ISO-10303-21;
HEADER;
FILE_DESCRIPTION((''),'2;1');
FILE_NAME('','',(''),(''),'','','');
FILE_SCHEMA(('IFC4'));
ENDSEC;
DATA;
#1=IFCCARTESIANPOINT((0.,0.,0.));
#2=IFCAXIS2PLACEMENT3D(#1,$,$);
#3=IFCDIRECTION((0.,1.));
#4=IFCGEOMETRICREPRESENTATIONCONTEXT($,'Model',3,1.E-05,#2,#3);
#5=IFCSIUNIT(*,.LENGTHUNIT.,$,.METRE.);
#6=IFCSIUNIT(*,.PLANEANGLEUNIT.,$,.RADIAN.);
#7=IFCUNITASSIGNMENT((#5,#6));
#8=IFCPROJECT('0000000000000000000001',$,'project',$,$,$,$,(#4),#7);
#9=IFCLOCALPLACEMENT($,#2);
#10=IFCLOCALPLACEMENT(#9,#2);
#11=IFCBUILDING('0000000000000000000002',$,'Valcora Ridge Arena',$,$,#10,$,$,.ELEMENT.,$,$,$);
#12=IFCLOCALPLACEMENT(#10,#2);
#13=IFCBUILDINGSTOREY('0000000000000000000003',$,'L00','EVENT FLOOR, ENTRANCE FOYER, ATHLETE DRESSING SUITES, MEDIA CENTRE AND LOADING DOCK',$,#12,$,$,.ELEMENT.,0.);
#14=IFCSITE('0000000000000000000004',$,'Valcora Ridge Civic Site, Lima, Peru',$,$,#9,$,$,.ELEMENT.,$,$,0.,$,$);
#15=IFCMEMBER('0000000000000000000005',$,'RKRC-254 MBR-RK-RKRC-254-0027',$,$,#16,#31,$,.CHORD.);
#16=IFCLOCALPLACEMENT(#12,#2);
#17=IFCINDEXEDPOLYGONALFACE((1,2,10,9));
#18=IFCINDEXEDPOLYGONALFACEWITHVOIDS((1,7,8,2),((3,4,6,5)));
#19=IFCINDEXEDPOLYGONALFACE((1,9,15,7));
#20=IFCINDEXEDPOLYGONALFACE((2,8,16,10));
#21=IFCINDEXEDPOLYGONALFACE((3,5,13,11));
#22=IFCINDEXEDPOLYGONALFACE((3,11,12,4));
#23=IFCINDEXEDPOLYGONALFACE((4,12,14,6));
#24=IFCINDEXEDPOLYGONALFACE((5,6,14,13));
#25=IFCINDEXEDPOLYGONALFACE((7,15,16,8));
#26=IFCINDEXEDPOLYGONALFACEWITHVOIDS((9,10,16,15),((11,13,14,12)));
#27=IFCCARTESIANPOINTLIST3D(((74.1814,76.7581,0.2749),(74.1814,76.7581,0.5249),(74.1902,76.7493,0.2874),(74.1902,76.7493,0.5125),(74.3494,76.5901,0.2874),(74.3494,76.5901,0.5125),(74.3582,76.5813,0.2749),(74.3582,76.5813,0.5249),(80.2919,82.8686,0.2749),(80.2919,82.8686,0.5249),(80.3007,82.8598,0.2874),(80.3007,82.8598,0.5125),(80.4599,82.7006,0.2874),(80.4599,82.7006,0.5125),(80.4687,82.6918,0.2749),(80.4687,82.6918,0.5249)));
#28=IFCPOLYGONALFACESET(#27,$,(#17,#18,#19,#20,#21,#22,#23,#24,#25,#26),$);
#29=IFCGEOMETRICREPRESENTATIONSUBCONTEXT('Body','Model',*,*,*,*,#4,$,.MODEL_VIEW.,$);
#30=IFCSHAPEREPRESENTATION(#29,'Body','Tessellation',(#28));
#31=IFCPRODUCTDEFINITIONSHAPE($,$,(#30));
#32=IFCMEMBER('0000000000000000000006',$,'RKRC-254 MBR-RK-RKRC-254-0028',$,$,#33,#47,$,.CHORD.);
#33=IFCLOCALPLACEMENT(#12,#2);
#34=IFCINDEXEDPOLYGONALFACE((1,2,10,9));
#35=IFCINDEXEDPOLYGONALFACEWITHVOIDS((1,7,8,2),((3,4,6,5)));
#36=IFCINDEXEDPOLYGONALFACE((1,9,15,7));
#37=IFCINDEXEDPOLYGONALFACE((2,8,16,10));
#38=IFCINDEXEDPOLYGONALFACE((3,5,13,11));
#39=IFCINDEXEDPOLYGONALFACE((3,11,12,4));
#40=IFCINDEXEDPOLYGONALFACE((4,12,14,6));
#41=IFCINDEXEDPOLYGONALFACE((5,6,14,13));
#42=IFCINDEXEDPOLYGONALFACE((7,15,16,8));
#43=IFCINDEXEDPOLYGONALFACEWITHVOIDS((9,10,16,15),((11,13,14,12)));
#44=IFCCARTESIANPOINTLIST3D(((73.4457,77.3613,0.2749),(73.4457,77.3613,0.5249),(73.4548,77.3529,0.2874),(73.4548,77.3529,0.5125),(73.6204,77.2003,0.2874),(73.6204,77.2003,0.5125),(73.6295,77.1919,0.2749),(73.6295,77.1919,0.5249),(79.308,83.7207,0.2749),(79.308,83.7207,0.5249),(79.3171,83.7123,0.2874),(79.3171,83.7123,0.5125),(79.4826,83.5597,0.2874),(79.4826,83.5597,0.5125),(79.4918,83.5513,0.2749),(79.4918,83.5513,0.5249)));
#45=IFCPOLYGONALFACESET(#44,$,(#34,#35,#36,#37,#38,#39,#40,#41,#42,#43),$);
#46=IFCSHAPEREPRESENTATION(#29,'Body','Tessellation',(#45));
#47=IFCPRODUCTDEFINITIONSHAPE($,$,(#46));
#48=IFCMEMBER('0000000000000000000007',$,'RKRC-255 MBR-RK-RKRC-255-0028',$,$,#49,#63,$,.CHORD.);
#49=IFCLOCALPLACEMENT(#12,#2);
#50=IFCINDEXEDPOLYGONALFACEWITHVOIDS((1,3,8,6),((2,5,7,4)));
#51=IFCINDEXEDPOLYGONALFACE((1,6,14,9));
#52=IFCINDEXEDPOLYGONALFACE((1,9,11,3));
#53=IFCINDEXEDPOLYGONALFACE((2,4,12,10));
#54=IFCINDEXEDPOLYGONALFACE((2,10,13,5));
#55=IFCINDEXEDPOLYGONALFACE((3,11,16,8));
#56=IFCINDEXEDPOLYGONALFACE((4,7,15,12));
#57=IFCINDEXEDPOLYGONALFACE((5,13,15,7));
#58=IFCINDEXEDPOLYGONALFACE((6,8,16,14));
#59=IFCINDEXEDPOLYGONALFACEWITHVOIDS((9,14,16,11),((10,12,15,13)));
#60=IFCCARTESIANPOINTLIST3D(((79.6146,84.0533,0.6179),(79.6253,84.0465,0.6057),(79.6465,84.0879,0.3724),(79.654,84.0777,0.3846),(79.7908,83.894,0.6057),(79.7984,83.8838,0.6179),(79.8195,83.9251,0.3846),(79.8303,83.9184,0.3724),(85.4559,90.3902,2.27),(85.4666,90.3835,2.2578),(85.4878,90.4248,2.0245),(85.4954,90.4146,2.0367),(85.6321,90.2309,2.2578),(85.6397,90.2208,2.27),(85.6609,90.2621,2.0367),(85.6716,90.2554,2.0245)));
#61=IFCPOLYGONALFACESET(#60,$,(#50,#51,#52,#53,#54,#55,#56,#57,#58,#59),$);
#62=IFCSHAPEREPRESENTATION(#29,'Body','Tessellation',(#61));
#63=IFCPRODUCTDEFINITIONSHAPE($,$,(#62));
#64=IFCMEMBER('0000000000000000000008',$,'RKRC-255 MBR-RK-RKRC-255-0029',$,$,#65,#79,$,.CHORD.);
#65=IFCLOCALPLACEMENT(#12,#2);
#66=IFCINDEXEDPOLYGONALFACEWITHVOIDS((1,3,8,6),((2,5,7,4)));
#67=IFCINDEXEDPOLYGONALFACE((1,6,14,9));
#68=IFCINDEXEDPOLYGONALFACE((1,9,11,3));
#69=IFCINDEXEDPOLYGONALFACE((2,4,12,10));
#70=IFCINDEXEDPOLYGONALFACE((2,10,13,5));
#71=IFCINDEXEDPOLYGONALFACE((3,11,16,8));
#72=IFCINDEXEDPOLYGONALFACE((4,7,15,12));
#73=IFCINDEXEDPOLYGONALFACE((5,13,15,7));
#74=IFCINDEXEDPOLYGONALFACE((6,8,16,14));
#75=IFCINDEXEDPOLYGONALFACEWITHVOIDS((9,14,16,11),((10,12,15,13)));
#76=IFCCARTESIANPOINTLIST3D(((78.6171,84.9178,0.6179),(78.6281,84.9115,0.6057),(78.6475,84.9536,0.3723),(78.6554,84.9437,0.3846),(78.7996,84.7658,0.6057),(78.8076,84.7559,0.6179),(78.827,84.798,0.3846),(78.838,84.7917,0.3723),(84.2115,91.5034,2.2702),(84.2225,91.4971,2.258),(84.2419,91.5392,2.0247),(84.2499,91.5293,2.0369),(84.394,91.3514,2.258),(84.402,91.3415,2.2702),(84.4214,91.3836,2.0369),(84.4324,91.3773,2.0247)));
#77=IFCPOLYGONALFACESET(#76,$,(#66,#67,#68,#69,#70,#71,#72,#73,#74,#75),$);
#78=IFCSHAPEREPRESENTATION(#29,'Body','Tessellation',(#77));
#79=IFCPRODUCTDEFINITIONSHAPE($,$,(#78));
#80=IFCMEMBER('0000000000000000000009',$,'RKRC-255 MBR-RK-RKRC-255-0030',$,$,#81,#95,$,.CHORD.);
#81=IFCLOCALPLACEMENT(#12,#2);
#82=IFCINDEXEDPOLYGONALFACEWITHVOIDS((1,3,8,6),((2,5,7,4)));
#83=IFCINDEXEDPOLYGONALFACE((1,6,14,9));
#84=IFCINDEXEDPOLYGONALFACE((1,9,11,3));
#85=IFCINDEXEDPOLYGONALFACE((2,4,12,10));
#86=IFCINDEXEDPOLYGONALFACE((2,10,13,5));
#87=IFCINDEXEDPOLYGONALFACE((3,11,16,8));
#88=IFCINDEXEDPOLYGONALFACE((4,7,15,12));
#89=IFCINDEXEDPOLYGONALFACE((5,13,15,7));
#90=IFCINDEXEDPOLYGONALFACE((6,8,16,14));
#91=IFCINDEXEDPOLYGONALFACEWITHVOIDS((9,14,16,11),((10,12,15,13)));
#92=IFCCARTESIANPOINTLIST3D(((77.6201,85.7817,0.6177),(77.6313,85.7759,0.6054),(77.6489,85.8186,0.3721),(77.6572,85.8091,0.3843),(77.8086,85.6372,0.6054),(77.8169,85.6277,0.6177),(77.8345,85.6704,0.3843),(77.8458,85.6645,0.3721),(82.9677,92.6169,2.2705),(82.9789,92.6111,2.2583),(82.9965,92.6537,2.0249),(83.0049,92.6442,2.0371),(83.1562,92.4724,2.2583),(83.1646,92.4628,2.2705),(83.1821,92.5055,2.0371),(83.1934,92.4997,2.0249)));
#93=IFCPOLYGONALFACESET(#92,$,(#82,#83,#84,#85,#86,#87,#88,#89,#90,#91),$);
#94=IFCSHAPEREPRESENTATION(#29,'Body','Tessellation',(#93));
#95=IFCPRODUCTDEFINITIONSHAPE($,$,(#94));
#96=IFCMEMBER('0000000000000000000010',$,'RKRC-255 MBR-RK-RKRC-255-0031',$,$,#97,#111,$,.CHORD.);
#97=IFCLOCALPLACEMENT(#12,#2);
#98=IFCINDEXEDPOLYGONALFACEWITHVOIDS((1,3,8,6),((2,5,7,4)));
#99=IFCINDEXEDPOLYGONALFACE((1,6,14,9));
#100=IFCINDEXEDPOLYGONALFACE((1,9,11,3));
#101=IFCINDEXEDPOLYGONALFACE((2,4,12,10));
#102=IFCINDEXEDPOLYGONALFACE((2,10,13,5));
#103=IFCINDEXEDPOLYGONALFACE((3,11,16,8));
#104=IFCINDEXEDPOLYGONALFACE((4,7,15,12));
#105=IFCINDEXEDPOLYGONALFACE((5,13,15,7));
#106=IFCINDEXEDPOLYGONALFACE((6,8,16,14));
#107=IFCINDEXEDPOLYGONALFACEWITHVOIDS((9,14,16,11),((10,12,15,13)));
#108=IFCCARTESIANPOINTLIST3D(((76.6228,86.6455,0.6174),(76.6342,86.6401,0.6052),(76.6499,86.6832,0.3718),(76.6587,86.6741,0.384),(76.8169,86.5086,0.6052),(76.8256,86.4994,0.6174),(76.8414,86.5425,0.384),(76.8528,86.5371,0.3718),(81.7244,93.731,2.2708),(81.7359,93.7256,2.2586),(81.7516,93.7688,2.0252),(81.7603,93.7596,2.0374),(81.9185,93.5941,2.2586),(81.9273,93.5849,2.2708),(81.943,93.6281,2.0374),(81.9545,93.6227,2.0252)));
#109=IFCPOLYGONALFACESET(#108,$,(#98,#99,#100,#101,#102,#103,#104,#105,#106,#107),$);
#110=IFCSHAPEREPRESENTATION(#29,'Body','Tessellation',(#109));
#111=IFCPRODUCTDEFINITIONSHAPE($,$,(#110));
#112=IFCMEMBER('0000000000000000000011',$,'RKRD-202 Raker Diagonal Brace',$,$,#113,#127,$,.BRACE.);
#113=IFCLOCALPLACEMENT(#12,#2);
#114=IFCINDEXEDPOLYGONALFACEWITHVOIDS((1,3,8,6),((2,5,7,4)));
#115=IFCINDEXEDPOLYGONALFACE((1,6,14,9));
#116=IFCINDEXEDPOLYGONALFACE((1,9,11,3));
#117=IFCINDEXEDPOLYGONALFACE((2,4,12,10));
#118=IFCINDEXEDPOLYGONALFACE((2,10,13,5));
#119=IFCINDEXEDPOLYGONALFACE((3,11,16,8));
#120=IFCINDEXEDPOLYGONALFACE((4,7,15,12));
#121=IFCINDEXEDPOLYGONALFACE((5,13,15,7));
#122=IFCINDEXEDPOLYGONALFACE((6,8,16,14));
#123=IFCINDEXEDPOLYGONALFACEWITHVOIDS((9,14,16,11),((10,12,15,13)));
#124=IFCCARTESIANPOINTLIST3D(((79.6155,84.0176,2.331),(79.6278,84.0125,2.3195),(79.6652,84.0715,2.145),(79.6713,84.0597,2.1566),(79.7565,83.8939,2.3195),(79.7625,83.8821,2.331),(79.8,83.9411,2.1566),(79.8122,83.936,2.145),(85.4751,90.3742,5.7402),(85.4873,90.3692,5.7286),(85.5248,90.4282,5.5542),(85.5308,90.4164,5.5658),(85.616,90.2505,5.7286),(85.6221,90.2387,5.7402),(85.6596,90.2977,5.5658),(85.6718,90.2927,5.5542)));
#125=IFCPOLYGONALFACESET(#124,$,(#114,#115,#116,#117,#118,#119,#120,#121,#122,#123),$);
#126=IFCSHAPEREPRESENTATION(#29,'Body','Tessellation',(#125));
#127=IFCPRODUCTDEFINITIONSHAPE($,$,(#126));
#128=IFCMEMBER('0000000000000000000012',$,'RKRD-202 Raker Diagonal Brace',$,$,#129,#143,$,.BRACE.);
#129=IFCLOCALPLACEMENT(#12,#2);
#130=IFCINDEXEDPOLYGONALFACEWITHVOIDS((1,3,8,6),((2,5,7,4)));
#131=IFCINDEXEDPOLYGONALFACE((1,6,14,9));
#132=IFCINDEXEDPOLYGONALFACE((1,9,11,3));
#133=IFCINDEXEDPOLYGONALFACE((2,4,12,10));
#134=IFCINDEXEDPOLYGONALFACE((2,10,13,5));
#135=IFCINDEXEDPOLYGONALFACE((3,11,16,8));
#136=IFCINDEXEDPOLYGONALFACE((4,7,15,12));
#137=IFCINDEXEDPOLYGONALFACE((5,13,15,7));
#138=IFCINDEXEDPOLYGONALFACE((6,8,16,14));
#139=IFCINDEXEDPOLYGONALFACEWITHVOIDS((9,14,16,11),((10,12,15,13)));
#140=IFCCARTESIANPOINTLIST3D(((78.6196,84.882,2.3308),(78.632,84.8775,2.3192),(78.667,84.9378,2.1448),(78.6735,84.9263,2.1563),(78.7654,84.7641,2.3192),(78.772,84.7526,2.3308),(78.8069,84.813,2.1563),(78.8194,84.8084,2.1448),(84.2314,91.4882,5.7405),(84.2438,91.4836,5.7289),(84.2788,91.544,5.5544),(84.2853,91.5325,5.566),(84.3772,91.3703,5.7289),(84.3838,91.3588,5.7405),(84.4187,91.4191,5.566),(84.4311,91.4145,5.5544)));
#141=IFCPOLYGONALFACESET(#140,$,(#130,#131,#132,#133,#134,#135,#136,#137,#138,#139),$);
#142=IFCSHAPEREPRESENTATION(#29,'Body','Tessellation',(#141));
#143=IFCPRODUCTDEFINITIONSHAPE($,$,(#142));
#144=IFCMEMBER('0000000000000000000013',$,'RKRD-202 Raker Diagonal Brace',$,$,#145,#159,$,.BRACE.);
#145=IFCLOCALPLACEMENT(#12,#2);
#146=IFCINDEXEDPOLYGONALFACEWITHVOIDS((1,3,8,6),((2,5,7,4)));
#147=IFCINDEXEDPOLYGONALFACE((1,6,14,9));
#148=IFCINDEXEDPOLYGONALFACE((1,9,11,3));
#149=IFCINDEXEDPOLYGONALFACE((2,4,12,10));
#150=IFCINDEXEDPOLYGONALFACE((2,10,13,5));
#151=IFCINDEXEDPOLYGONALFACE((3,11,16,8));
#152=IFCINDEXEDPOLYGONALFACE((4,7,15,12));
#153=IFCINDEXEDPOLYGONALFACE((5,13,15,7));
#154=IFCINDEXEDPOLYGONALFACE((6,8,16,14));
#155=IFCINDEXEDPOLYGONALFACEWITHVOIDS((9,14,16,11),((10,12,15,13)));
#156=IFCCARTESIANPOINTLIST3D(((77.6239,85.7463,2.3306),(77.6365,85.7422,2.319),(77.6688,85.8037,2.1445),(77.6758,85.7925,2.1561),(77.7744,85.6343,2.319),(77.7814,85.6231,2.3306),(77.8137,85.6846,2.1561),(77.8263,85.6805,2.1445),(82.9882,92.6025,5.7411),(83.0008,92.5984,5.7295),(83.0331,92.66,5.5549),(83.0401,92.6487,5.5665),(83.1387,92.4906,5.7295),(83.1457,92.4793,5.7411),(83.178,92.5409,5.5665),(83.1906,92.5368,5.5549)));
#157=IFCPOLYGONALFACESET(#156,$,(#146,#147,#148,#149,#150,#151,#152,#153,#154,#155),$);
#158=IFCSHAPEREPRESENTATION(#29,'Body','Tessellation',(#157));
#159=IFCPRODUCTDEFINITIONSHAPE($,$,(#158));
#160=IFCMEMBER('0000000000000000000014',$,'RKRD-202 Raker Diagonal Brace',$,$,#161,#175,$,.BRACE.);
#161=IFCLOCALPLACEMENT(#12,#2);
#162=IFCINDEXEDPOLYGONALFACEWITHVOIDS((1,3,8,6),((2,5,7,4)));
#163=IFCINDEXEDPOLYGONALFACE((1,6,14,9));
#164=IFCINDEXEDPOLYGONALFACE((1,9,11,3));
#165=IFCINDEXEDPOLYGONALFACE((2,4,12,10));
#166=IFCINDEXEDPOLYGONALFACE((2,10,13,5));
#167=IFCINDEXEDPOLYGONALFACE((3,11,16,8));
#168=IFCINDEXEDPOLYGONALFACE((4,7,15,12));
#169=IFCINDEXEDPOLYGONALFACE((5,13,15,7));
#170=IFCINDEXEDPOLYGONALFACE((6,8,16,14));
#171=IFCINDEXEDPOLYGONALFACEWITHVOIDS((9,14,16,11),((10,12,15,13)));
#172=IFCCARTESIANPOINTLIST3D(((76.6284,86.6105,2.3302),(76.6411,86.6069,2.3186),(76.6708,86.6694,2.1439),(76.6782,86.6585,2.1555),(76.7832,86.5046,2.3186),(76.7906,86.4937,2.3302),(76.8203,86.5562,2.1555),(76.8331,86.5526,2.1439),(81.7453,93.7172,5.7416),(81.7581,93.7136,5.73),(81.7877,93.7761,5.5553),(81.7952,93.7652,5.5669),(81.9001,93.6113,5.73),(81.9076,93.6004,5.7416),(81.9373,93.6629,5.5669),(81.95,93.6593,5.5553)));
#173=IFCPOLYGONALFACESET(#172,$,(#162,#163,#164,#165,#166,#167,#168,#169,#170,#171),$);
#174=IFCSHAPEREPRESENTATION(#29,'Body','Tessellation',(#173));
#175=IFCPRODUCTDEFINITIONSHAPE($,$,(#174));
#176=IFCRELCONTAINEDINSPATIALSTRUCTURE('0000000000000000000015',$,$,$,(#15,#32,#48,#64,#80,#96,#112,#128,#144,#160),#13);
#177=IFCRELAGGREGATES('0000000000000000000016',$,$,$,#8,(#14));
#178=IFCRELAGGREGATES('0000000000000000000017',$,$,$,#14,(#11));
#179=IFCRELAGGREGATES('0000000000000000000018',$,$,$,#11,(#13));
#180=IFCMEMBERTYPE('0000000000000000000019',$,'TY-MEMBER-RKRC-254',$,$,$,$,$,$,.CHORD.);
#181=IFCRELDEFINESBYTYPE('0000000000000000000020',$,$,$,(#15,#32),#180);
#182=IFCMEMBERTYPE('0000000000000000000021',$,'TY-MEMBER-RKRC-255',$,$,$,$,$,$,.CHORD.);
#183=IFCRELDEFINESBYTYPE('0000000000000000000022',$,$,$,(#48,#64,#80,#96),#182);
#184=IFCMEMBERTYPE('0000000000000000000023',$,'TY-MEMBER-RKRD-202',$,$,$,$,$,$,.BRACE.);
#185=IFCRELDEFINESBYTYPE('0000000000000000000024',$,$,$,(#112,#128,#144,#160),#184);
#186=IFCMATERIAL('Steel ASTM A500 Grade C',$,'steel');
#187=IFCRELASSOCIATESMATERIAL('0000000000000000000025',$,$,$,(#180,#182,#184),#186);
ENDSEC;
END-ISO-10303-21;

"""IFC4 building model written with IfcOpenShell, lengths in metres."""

from ifc_helpers import new_model, si_unit, direction, frame, origin, origin_2d, place, context, subcontext, project, spatial, hollow_rectangle, extrude, material, material_profile, profile_set, type_object, element, save


model = new_model("IFC4")

# Units and contexts
model_context = context("Model", 3, precision=1e-05, world=origin(), true_north=direction((0.0, 1.0)))
body_context = subcontext(model_context, "Body", "Model", "MODEL_VIEW")
ifc_project = project(units=[si_unit("LENGTHUNIT", "METRE"), si_unit("PLANEANGLEUNIT", "RADIAN")], contexts=[model_context])

# Site, building, storey
site_placement = place(None, origin())
site = spatial("IfcSite", under=ifc_project, at=site_placement, Name="Valcora Ridge Civic Site, Lima, Peru", CompositionType="ELEMENT", RefElevation=0.0)
building_placement = place(site_placement, origin())
building = spatial("IfcBuilding", under=site, at=building_placement, Name="Valcora Ridge Arena", CompositionType="ELEMENT")
storey_placement = place(building_placement, origin())
storey = spatial("IfcBuildingStorey", under=building, at=storey_placement, Name="L00", Description="EVENT FLOOR, ENTRANCE FOYER, ATHLETE DRESSING SUITES, MEDIA CENTRE AND LOADING DOCK", CompositionType="ELEMENT", Elevation=0.0)

# Members
ifc_material_1 = material(Name="Steel ASTM A500 Grade C", Category="steel")
ifc_material_profile_1 = material_profile(ifc_material_1, hollow_rectangle(XDim=0.25, YDim=0.25, WallThickness=0.0125, at=origin_2d()), Name="HSS250X250X12")
ifc_profile_set_1 = profile_set([ifc_material_profile_1], Name="Steel ASTM A500 Grade C")
member_type_1 = type_object("IfcMemberType", Name="TY-MEMBER-RKRC-254", PredefinedType="CHORD", material=ifc_profile_set_1)
member_1_placement = place(storey_placement, frame((74.2698, 76.6697, 0.3999), z_axis=(0.707107, 0.707107, 0.0), x_axis=(-0.707107, 0.707107, 0.0)))
element("IfcMember", 1, at=member_1_placement, inside=storey, type_object=member_type_1, Name="RKRC-254 MBR-RK-RKRC-254-0027", PredefinedType="CHORD", context=body_context, shape_type="SweptSolid", body=[
    extrude(hollow_rectangle(XDim=0.25, YDim=0.25, WallThickness=0.0125, at=origin_2d()), origin(), (0.0, 0.0, 1.0), 8.6416),
])
member_2_placement = place(storey_placement, frame((73.5376, 77.2766, 0.3999), z_axis=(0.677788, 0.735258, 0.0), x_axis=(-0.735258, 0.677788, 0.0)))
element("IfcMember", 2, at=member_2_placement, inside=storey, type_object=member_type_1, Name="RKRC-254 MBR-RK-RKRC-254-0028", PredefinedType="CHORD", context=body_context, shape_type="SweptSolid", body=[
    extrude(hollow_rectangle(XDim=0.25, YDim=0.25, WallThickness=0.0125, at=origin_2d()), origin(), (0.0, 0.0, 1.0), 8.6492),
])
ifc_material_profile_2 = material_profile(ifc_material_1, hollow_rectangle(XDim=0.25, YDim=0.25, WallThickness=0.0125, at=origin_2d()), Name="HSS250X250X12")
ifc_profile_set_2 = profile_set([ifc_material_profile_2], Name="Steel ASTM A500 Grade C")
member_type_2 = type_object("IfcMemberType", Name="TY-MEMBER-RKRC-255", PredefinedType="CHORD", material=ifc_profile_set_2)
member_3_placement = place(storey_placement, frame((79.7224, 83.9858, 0.4951), z_axis=(0.66565, 0.722126, 0.188266), x_axis=(-0.735275, 0.677769, 0.0)))
element("IfcMember", 3, at=member_3_placement, inside=storey, type_object=member_type_2, Name="RKRC-255 MBR-RK-RKRC-255-0028", PredefinedType="CHORD", context=body_context, shape_type="SweptSolid", body=[
    extrude(hollow_rectangle(XDim=0.25, YDim=0.25, WallThickness=0.0125, at=origin_2d()), origin(), (0.0, 0.0, 1.0), 8.7754),
])
member_4_placement = place(storey_placement, frame((78.7275, 84.8547, 0.4951), z_axis=(0.635902, 0.748568, 0.187815), x_axis=(-0.762131, 0.647423, 0.0)))
element("IfcMember", 4, at=member_4_placement, inside=storey, type_object=member_type_2, Name="RKRC-255 MBR-RK-RKRC-255-0029", PredefinedType="CHORD", context=body_context, shape_type="SweptSolid", body=[
    extrude(hollow_rectangle(XDim=0.25, YDim=0.25, WallThickness=0.0125, at=origin_2d()), origin(), (0.0, 0.0, 1.0), 8.7976),
])
member_5_placement = place(storey_placement, frame((77.7329, 85.7231, 0.4949), z_axis=(0.605312, 0.77369, 0.187087), x_axis=(-0.787596, 0.616191, 0.0)))
element("IfcMember", 5, at=member_5_placement, inside=storey, type_object=member_type_2, Name="RKRC-255 MBR-RK-RKRC-255-0030", PredefinedType="CHORD", context=body_context, shape_type="SweptSolid", body=[
    extrude(hollow_rectangle(XDim=0.25, YDim=0.25, WallThickness=0.0125, at=origin_2d()), origin(), (0.0, 0.0, 1.0), 8.8345),
])
member_6_placement = place(storey_placement, frame((76.7378, 86.5913, 0.4946), z_axis=(0.574105, 0.797362, 0.186057), x_axis=(-0.811532, 0.584308, 0.0)))
element("IfcMember", 6, at=member_6_placement, inside=storey, type_object=member_type_2, Name="RKRC-255 MBR-RK-RKRC-255-0031", PredefinedType="CHORD", context=body_context, shape_type="SweptSolid", body=[
    extrude(hollow_rectangle(XDim=0.25, YDim=0.25, WallThickness=0.0125, at=origin_2d()), origin(), (0.0, 0.0, 1.0), 8.8862),
])
ifc_material_profile_3 = material_profile(ifc_material_1, hollow_rectangle(XDim=0.2, YDim=0.2, WallThickness=0.0125, at=origin_2d()), Name="HSS200X200X12")
ifc_profile_set_3 = profile_set([ifc_material_profile_3], Name="Steel ASTM A500 Grade C")
member_type_3 = type_object("IfcMemberType", Name="TY-MEMBER-RKRD-202", PredefinedType="BRACE", material=ifc_profile_set_3)
member_7_placement = place(storey_placement, frame((79.7139, 83.9768, 2.238), z_axis=(0.630522, 0.684009, 0.366843), x_axis=(-0.73527, 0.677774, 0.0)))
element("IfcMember", 7, at=member_7_placement, inside=storey, type_object=member_type_3, Name="RKRD-202 Raker Diagonal Brace", PredefinedType="BRACE", context=body_context, shape_type="SweptSolid", body=[
    extrude(hollow_rectangle(XDim=0.2, YDim=0.2, WallThickness=0.0125, at=origin_2d()), origin(), (0.0, 0.0, 1.0), 9.2932),
])
member_8_placement = place(storey_placement, frame((78.7195, 84.8452, 2.2378), z_axis=(0.602481, 0.709237, 0.36606), x_axis=(-0.762136, 0.647417, 0.0)))
element("IfcMember", 8, at=member_8_placement, inside=storey, type_object=member_type_3, Name="RKRD-202 Raker Diagonal Brace", PredefinedType="BRACE", context=body_context, shape_type="SweptSolid", body=[
    extrude(hollow_rectangle(XDim=0.2, YDim=0.2, WallThickness=0.0125, at=origin_2d()), origin(), (0.0, 0.0, 1.0), 9.3145),
])
member_9_placement = place(storey_placement, frame((77.7251, 85.7134, 2.2375), z_axis=(0.573747, 0.733321, 0.364767), x_axis=(-0.787587, 0.616204, 0.0)))
element("IfcMember", 9, at=member_9_placement, inside=storey, type_object=member_type_3, Name="RKRD-202 Raker Diagonal Brace", PredefinedType="BRACE", context=body_context, shape_type="SweptSolid", body=[
    extrude(hollow_rectangle(XDim=0.2, YDim=0.2, WallThickness=0.0125, at=origin_2d()), origin(), (0.0, 0.0, 1.0), 9.3496),
])
member_10_placement = place(storey_placement, frame((76.7307, 86.5815, 2.2371), z_axis=(0.544462, 0.756178, 0.362983), x_axis=(-0.811527, 0.584314, 0.0)))
element("IfcMember", 10, at=member_10_placement, inside=storey, type_object=member_type_3, Name="RKRD-202 Raker Diagonal Brace", PredefinedType="BRACE", context=body_context, shape_type="SweptSolid", body=[
    extrude(hollow_rectangle(XDim=0.2, YDim=0.2, WallThickness=0.0125, at=origin_2d()), origin(), (0.0, 0.0, 1.0), 9.3982),
])

save(model, "model.ifc")
